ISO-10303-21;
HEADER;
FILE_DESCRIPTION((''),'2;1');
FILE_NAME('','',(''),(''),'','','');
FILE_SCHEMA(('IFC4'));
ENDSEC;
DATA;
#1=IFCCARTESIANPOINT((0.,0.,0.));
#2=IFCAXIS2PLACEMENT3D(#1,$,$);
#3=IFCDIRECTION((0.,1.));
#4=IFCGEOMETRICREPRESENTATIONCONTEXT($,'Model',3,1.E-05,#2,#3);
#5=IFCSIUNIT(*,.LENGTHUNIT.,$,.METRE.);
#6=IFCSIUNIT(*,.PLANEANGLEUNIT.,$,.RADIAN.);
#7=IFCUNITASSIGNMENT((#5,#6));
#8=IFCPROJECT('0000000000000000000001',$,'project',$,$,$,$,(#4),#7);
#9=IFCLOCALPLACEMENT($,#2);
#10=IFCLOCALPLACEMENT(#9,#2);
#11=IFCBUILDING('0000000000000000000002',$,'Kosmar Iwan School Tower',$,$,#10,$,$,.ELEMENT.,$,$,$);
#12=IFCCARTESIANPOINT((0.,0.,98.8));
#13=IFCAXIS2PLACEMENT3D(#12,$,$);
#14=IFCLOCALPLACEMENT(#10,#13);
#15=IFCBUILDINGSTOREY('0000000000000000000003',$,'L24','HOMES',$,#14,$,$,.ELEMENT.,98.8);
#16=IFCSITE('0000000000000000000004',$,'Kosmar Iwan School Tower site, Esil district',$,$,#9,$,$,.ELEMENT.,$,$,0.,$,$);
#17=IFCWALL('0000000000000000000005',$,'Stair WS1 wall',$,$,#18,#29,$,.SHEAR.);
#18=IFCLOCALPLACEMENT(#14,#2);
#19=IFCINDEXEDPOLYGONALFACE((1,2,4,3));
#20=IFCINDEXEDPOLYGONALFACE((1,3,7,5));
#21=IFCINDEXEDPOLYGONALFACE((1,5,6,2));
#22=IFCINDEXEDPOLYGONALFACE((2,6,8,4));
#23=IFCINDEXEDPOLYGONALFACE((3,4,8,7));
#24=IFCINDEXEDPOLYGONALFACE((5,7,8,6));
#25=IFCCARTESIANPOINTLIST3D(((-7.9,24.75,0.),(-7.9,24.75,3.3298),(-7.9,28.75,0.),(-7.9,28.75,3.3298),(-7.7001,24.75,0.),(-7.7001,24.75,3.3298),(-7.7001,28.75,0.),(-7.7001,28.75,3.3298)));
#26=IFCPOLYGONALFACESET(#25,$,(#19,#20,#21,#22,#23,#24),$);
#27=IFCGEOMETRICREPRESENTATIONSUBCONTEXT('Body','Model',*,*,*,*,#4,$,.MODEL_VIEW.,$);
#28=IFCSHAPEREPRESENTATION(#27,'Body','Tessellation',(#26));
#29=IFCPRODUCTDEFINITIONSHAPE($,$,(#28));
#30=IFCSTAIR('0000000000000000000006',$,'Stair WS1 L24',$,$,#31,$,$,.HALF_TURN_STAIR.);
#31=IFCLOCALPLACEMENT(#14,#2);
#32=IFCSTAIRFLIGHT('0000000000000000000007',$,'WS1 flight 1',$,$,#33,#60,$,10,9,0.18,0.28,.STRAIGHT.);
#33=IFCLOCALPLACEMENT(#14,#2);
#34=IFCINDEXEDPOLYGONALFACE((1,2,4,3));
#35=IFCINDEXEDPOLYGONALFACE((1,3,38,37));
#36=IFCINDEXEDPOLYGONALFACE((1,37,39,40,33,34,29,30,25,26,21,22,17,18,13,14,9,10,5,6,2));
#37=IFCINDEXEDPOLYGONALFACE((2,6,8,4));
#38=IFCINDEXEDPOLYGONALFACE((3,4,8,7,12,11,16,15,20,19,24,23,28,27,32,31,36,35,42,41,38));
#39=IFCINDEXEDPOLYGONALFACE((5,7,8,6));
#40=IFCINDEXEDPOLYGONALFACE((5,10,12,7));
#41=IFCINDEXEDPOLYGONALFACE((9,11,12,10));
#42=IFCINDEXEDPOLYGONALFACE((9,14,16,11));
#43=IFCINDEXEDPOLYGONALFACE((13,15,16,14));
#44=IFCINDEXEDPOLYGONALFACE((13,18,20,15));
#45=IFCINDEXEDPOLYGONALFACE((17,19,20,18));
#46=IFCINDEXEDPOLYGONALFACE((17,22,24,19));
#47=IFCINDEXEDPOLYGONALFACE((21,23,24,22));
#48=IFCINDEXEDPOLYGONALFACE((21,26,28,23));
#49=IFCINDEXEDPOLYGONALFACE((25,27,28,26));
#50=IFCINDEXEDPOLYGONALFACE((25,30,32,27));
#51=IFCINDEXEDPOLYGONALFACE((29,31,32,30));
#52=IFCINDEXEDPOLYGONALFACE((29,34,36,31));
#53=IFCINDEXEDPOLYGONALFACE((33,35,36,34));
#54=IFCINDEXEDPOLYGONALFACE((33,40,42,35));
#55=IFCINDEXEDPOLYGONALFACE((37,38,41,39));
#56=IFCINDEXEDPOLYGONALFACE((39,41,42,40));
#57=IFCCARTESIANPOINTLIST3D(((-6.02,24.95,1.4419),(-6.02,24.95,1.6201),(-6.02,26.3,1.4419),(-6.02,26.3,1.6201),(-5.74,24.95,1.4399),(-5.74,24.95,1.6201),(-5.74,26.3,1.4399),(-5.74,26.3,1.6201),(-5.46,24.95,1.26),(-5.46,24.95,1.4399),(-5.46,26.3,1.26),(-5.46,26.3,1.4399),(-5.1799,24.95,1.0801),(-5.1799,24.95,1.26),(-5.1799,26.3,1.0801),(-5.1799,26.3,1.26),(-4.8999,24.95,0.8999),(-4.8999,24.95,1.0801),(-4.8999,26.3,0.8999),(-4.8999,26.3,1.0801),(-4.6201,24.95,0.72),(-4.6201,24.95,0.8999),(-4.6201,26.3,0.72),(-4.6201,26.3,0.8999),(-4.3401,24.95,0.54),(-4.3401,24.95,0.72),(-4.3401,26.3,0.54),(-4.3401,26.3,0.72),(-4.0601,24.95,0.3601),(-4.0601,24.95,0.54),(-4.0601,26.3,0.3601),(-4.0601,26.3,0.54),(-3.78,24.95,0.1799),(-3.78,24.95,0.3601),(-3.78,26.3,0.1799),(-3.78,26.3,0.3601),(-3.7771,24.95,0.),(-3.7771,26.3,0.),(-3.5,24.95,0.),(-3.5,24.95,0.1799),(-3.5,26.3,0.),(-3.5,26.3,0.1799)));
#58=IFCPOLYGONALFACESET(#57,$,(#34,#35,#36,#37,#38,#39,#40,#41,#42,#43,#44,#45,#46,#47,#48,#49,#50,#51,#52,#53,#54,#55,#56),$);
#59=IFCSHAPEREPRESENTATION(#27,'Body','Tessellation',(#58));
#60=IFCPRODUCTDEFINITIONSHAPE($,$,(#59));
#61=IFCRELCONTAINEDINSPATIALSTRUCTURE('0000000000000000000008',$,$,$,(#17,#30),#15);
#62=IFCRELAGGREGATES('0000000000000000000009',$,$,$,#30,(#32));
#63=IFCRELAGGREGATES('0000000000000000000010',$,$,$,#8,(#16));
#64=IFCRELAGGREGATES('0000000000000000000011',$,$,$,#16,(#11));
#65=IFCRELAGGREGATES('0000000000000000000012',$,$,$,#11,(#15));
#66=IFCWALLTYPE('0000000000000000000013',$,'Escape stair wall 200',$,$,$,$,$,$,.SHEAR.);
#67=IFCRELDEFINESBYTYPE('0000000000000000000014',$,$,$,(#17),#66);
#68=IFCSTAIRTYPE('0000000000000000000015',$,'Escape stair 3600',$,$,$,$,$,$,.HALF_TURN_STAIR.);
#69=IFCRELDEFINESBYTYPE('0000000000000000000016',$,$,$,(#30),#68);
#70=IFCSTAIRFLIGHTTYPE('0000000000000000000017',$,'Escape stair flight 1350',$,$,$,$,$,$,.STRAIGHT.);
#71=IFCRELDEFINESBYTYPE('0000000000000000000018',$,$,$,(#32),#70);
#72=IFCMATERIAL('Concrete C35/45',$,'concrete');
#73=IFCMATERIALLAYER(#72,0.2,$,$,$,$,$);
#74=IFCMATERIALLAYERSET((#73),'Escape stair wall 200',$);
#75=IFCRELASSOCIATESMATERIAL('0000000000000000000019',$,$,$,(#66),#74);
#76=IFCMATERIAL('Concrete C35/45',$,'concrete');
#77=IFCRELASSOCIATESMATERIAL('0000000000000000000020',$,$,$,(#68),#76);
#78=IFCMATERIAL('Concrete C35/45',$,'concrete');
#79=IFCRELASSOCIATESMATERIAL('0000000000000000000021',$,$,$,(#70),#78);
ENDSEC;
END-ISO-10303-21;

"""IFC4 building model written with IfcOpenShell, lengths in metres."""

from ifc_helpers import new_model, si_unit, direction, frame, frame_2d, origin, place, context, subcontext, project, spatial, polyline, rectangle, outline, extrude, material, layer, layer_set, type_object, element, aggregate, save


model = new_model("IFC4")

# Units and contexts
model_context = context("Model", 3, precision=1e-05, world=origin(), true_north=direction((0.0, 1.0)))
body_context = subcontext(model_context, "Body", "Model", "MODEL_VIEW")
ifc_project = project(units=[si_unit("LENGTHUNIT", "METRE"), si_unit("PLANEANGLEUNIT", "RADIAN")], contexts=[model_context])

# Site, building, storey
site_placement = place(None, origin())
site = spatial("IfcSite", under=ifc_project, at=site_placement, Name="Kosmar Iwan School Tower site, Esil district", CompositionType="ELEMENT", RefElevation=0.0)
building_placement = place(site_placement, origin())
building = spatial("IfcBuilding", under=site, at=building_placement, Name="Kosmar Iwan School Tower", CompositionType="ELEMENT")
storey_placement = place(building_placement, frame((0.0, 0.0, 98.8)))
storey = spatial("IfcBuildingStorey", under=building, at=storey_placement, Name="L24", Description="HOMES", CompositionType="ELEMENT", Elevation=98.8)

# Wall
ifc_material_1 = material(Name="Concrete C35/45", Category="concrete")
ifc_layer_1 = layer(ifc_material_1, 0.2)
ifc_layer_set_1 = layer_set([ifc_layer_1], Name="Escape stair wall 200")
wall_type_1 = type_object("IfcWallType", Name="Escape stair wall 200", PredefinedType="SHEAR", material=ifc_layer_set_1)
wall_1_placement = place(storey_placement, frame((-7.8, 24.75, 0.0), z_axis=(0.0, 0.0, 1.0), x_axis=(0.0, 1.0, 0.0)))
element("IfcWall", 1, at=wall_1_placement, inside=storey, type_object=wall_type_1, Name="Stair WS1 wall", PredefinedType="SHEAR", context=body_context, shape_type="SweptSolid", body=[
    extrude(rectangle(XDim=4.0, YDim=0.2, at=frame_2d((2.0, 0.0))), origin(), (0.0, 0.0, 1.0), 3.3298),
])

# Stair, stair flight
ifc_material_2 = material(Name="Concrete C35/45", Category="concrete")
stair_type = type_object("IfcStairType", Name="Escape stair 3600", PredefinedType="HALF_TURN_STAIR", material=ifc_material_2)
stair_placement = place(storey_placement, origin())
stair = element("IfcStair", 2, at=stair_placement, inside=storey, type_object=stair_type, Name="Stair WS1 L24", PredefinedType="HALF_TURN_STAIR")
ifc_material_3 = material(Name="Concrete C35/45", Category="concrete")
stair_flight_type = type_object("IfcStairFlightType", Name="Escape stair flight 1350", PredefinedType="STRAIGHT", material=ifc_material_3)
stair_flight_placement = place(storey_placement, frame((-3.5, 25.625, 0.0), z_axis=(0.0, 0.0, 1.0), x_axis=(-1.0, 0.0, 0.0)))
stair_flight = element("IfcStairFlight", 3, at=stair_flight_placement, type_object=stair_flight_type, Name="WS1 flight 1", NumberOfRisers=10, NumberOfTreads=9, PredefinedType="STRAIGHT", RiserHeight=0.18, TreadLength=0.28, context=body_context, shape_type="SweptSolid", body=[
    extrude(outline(polyline([(0.0, 0.0), (0.0, 0.1799), (0.28, 0.1799), (0.28, 0.3601), (0.5601, 0.3601), (0.5601, 0.54), (0.8401, 0.54), (0.8401, 0.72), (1.1201, 0.72), (1.1201, 0.8999), (1.3999, 0.8999), (1.3999, 1.0801), (1.6799, 1.0801), (1.6799, 1.26), (1.96, 1.26), (1.96, 1.4399), (2.24, 1.4399), (2.24, 1.6201), (2.52, 1.6201), (2.52, 1.8), (2.52, 1.4419), (0.2771, 0.0), (0.0, 0.0)])), frame((0.0, 0.675, 0.0), z_axis=(0.0, -1.0, 0.0), x_axis=(1.0, 0.0, 0.0)), (0.0, 0.0, 1.0), 1.3501),
])
aggregate(stair, [stair_flight])

save(model, "model.ifc")
